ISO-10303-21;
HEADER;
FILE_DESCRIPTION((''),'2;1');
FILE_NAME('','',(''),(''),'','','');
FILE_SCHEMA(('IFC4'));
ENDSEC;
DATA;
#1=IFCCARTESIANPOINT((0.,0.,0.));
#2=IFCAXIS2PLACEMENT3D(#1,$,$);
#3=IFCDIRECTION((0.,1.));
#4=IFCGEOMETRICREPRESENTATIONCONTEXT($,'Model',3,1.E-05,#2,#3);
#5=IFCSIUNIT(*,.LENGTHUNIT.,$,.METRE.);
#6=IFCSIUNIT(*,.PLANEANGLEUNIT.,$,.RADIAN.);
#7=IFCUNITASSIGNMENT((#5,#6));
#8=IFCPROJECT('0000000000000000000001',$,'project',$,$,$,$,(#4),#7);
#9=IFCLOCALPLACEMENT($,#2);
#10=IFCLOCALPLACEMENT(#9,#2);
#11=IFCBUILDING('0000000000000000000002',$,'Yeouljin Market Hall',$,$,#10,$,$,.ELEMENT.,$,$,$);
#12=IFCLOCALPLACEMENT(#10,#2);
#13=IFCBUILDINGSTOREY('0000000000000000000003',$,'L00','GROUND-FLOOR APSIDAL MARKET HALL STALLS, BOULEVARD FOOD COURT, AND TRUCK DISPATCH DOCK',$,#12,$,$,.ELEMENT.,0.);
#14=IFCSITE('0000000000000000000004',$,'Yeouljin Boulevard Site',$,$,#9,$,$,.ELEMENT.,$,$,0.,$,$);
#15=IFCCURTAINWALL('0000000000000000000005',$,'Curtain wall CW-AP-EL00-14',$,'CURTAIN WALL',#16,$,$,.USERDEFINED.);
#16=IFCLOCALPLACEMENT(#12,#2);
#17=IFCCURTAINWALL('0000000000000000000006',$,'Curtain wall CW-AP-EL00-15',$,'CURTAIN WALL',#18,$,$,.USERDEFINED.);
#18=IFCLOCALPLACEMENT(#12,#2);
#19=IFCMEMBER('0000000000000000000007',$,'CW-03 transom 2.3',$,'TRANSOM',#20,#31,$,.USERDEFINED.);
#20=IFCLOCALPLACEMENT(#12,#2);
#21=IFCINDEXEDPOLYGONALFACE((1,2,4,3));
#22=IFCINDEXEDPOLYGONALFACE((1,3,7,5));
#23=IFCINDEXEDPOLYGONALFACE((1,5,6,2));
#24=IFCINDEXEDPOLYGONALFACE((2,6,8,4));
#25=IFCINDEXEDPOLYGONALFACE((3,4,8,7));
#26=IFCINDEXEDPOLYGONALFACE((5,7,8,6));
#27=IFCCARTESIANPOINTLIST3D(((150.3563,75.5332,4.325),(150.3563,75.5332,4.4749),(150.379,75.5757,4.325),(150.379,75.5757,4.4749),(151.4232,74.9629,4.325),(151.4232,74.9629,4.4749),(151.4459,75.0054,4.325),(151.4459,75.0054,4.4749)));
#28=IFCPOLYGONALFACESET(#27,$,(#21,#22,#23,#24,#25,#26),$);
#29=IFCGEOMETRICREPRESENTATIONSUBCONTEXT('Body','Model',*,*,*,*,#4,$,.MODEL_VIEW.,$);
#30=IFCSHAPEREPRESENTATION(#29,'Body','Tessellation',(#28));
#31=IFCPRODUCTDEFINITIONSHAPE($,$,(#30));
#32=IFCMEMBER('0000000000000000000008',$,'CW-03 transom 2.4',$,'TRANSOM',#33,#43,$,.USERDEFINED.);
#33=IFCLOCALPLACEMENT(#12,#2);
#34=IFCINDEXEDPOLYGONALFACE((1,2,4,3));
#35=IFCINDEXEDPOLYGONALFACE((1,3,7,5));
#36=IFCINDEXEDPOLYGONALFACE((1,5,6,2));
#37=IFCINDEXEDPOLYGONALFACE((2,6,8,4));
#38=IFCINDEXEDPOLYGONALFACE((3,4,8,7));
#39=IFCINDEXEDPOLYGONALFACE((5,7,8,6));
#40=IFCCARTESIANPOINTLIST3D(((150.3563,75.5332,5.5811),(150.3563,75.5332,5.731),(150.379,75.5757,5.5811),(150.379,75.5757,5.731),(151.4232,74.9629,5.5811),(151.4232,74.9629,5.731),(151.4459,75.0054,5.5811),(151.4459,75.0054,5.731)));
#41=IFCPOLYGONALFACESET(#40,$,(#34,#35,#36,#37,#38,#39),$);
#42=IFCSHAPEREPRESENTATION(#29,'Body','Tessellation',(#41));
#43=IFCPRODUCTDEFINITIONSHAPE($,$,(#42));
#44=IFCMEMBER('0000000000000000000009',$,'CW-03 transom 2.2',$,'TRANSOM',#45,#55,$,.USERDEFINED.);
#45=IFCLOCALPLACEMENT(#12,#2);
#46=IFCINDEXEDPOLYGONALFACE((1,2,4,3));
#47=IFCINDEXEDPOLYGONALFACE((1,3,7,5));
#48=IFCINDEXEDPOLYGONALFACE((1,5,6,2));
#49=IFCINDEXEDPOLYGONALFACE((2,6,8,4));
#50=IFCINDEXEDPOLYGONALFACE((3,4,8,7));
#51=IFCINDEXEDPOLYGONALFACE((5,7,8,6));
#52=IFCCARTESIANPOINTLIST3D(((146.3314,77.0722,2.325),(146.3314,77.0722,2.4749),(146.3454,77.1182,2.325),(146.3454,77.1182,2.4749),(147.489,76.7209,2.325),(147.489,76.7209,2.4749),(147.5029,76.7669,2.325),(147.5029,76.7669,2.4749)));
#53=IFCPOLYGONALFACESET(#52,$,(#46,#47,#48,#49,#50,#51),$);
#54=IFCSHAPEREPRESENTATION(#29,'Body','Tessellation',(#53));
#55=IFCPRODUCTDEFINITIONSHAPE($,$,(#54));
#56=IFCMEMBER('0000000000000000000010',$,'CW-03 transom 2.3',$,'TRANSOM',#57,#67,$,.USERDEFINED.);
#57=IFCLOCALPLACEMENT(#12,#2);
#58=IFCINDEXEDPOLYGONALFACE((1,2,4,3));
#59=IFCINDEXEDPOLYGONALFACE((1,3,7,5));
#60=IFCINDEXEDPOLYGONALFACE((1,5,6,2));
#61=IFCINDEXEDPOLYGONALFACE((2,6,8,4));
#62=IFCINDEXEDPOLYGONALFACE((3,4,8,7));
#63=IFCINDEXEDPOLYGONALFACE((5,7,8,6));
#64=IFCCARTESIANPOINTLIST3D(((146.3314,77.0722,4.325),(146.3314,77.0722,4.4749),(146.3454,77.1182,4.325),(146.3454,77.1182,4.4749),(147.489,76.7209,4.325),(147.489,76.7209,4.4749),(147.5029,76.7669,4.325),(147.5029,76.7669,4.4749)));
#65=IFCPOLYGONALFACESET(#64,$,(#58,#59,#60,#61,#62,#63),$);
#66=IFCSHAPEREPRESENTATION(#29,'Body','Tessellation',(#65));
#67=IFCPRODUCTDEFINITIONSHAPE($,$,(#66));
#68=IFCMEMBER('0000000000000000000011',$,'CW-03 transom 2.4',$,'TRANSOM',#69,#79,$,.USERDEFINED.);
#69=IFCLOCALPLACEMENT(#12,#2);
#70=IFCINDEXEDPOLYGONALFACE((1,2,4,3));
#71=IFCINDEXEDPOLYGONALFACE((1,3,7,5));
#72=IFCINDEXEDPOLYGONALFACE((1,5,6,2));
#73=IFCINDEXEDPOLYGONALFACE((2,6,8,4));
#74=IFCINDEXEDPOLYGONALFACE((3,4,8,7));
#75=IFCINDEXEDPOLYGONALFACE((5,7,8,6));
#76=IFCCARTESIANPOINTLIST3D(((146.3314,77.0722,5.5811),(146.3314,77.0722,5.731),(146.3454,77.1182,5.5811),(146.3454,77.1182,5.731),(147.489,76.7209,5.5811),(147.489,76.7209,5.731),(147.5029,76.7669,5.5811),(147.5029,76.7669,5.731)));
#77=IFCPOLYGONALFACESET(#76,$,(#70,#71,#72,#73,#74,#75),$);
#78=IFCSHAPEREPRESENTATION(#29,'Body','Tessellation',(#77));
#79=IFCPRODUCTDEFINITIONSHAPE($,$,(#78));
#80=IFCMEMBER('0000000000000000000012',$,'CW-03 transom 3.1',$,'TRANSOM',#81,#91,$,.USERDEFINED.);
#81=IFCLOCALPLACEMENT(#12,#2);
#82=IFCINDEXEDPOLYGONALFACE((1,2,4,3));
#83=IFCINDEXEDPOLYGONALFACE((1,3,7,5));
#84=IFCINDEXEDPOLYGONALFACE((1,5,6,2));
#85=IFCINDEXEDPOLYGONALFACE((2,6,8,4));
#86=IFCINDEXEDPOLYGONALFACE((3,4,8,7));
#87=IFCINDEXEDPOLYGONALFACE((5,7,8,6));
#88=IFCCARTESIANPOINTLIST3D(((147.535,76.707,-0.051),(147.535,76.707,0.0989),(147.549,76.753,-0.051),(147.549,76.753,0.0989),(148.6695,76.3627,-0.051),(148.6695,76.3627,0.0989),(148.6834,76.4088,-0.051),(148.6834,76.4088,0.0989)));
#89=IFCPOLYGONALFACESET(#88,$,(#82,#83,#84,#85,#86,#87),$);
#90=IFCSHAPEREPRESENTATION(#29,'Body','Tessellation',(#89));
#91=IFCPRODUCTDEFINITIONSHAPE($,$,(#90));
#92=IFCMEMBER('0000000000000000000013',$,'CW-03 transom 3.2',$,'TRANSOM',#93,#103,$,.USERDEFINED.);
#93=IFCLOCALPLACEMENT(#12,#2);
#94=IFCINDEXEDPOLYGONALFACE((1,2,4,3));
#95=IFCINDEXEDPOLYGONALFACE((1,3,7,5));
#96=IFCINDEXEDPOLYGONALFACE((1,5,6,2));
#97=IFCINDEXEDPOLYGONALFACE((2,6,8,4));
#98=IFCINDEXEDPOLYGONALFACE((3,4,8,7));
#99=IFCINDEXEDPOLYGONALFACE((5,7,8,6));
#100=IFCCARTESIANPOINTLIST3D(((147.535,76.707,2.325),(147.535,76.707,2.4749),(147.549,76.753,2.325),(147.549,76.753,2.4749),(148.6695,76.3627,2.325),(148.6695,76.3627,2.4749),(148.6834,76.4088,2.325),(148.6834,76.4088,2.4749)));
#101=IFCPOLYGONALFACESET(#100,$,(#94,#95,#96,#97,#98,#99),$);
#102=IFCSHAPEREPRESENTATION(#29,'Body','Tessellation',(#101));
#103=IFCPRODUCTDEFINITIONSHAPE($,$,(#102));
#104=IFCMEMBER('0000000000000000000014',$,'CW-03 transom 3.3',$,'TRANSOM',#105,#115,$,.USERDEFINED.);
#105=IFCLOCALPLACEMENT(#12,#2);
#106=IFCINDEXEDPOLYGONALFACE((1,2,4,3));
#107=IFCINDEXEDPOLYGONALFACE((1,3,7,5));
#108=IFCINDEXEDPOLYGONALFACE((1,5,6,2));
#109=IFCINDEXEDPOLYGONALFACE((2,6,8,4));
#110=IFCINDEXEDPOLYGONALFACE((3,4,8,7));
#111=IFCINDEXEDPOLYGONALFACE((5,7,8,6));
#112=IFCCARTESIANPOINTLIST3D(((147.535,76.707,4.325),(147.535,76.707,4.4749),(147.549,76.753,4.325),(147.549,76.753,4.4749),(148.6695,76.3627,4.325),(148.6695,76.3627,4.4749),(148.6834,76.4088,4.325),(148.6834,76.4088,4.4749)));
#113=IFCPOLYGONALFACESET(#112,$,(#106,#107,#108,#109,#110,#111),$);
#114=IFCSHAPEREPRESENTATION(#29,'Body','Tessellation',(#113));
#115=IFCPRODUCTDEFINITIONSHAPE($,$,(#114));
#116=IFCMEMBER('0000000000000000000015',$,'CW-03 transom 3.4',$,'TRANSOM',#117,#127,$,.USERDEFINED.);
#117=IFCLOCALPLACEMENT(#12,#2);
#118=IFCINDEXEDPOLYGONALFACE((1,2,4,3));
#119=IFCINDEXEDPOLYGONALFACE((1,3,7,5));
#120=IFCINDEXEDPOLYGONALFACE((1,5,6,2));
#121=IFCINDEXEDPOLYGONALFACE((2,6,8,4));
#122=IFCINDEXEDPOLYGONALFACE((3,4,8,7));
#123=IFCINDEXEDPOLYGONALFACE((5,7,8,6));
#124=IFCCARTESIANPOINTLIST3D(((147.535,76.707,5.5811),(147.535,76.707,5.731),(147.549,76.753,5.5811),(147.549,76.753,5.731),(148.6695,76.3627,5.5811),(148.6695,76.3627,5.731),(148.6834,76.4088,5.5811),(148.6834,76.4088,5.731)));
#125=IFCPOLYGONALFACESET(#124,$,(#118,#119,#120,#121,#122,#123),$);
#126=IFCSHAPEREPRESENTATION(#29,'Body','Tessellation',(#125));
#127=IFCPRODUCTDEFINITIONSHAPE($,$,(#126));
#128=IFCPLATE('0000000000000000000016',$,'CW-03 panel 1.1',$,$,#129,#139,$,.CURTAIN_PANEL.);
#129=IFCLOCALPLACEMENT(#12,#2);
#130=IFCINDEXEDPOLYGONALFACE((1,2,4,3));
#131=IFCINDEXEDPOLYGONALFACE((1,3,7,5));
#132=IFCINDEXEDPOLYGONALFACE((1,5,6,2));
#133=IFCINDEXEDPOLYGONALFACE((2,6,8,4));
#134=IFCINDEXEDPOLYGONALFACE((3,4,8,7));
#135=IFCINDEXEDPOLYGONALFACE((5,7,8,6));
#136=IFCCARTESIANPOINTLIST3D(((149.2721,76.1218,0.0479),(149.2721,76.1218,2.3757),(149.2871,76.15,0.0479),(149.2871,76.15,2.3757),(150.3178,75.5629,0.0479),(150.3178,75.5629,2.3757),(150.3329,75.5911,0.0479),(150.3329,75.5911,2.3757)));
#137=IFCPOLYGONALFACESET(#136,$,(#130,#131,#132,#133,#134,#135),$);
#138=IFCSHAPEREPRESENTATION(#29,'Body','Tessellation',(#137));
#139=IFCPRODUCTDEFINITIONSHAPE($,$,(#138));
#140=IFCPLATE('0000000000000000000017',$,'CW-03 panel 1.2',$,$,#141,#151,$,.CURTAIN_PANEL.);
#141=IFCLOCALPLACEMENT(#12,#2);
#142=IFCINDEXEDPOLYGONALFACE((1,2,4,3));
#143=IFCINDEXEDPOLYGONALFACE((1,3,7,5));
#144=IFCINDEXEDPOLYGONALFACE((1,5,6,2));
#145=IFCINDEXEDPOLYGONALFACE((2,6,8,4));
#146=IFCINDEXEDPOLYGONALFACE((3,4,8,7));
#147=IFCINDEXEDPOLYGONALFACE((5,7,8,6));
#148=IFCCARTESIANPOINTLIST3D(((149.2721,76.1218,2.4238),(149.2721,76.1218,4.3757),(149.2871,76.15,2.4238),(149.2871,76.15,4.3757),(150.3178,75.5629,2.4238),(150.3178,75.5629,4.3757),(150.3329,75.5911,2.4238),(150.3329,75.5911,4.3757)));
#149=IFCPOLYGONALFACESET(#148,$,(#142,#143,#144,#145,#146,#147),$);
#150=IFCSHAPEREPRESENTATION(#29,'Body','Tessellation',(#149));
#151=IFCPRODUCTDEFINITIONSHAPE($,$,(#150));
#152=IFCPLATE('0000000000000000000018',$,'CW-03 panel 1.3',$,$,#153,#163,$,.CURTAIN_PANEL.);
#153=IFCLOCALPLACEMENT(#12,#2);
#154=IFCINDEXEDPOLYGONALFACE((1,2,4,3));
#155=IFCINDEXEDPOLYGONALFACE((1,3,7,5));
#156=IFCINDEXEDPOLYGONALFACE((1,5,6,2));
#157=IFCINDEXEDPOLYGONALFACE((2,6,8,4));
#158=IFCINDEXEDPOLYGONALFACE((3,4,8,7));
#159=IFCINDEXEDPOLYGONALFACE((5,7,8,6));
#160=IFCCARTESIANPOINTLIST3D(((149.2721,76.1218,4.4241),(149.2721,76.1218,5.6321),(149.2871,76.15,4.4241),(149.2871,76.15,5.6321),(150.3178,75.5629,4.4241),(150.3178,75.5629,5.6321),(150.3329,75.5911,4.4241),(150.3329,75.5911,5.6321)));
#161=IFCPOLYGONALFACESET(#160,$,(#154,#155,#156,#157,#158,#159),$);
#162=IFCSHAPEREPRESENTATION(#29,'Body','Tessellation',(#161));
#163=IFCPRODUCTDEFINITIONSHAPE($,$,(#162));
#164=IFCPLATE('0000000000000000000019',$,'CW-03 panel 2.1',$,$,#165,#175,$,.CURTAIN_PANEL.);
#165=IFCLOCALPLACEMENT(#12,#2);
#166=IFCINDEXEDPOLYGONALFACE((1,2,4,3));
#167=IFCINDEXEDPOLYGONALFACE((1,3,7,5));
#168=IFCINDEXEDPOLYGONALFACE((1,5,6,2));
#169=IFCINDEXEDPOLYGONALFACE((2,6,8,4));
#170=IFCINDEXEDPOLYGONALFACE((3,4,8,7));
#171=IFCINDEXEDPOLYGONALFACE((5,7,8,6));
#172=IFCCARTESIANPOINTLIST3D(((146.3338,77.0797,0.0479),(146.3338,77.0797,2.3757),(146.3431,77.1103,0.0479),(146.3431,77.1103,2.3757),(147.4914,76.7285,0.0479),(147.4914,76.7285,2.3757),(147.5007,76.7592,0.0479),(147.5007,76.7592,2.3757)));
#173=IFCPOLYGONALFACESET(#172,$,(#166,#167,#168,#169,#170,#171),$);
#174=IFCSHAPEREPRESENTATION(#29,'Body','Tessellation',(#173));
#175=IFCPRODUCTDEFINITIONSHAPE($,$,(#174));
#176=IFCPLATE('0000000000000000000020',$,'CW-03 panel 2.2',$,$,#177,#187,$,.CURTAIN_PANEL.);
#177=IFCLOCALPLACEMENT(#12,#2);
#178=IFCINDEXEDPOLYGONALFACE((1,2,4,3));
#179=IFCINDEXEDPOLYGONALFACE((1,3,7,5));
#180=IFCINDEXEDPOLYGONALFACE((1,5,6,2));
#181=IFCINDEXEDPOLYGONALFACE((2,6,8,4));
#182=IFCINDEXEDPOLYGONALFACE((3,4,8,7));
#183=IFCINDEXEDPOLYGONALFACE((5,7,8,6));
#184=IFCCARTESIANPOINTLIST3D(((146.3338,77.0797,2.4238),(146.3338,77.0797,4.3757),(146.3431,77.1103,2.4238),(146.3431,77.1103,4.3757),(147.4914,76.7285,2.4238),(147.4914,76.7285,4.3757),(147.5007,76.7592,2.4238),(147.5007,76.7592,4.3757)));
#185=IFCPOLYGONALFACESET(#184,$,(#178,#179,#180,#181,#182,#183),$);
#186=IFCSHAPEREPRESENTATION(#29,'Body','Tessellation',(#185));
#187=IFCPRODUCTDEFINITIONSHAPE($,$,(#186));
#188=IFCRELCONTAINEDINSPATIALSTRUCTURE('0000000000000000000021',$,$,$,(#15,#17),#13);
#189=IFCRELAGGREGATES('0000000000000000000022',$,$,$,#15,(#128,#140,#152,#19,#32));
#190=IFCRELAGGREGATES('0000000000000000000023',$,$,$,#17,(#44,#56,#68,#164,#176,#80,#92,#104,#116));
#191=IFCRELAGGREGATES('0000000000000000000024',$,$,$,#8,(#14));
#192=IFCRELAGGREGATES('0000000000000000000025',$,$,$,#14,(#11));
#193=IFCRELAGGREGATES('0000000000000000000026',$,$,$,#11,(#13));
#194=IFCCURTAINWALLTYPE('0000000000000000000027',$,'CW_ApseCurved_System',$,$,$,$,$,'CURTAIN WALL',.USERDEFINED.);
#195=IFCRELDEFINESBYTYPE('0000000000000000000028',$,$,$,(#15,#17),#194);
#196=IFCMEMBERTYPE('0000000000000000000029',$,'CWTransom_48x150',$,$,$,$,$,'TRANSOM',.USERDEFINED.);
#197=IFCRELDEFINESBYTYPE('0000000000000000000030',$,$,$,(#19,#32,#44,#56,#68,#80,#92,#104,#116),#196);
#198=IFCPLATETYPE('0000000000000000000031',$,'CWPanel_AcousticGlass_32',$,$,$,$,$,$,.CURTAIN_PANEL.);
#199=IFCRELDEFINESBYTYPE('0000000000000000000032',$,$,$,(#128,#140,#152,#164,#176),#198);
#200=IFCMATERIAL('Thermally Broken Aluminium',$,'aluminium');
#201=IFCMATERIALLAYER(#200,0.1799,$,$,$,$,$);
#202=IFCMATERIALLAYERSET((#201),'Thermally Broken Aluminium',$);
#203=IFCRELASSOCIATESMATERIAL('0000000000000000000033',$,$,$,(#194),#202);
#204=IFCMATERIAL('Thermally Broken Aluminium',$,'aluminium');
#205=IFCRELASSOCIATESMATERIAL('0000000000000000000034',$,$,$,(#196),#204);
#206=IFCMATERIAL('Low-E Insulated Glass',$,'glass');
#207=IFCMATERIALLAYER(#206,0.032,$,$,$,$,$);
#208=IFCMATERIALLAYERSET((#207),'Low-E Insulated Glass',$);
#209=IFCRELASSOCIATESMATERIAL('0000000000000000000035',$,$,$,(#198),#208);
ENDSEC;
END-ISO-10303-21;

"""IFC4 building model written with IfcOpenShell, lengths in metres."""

from ifc_helpers import new_model, si_unit, direction, frame, origin, origin_2d, place, context, subcontext, project, spatial, rectangle, extrude, material, layer, layer_set, material_profile, profile_set, type_object, element, aggregate, save


model = new_model("IFC4")

# Units and contexts
model_context = context("Model", 3, precision=1e-05, world=origin(), true_north=direction((0.0, 1.0)))
body_context = subcontext(model_context, "Body", "Model", "MODEL_VIEW")
ifc_project = project(units=[si_unit("LENGTHUNIT", "METRE"), si_unit("PLANEANGLEUNIT", "RADIAN")], contexts=[model_context])

# Site, building, storey
site_placement = place(None, origin())
site = spatial("IfcSite", under=ifc_project, at=site_placement, Name="Yeouljin Boulevard Site", CompositionType="ELEMENT", RefElevation=0.0)
building_placement = place(site_placement, origin())
building = spatial("IfcBuilding", under=site, at=building_placement, Name="Yeouljin Market Hall", CompositionType="ELEMENT")
storey_placement = place(building_placement, origin())
storey = spatial("IfcBuildingStorey", under=building, at=storey_placement, Name="L00", Description="GROUND-FLOOR APSIDAL MARKET HALL STALLS, BOULEVARD FOOD COURT, AND TRUCK DISPATCH DOCK", CompositionType="ELEMENT", Elevation=0.0)

# Curtain walls
ifc_material_1 = material(Name="Thermally Broken Aluminium", Category="aluminium")
ifc_layer_1 = layer(ifc_material_1, 0.1799)
ifc_layer_set_1 = layer_set([ifc_layer_1], Name="Thermally Broken Aluminium")
curtain_wall_type = type_object("IfcCurtainWallType", Name="CW_ApseCurved_System", ElementType="CURTAIN WALL", PredefinedType="USERDEFINED", material=ifc_layer_set_1)
curtain_wall_1_placement = place(storey_placement, origin())
curtain_wall_1 = element("IfcCurtainWall", 1, at=curtain_wall_1_placement, inside=storey, type_object=curtain_wall_type, Name="Curtain wall CW-AP-EL00-14", ObjectType="CURTAIN WALL", PredefinedType="USERDEFINED")
curtain_wall_2_placement = place(storey_placement, origin())
curtain_wall_2 = element("IfcCurtainWall", 2, at=curtain_wall_2_placement, inside=storey, type_object=curtain_wall_type, Name="Curtain wall CW-AP-EL00-15", ObjectType="CURTAIN WALL", PredefinedType="USERDEFINED")

# Members
ifc_material_2 = material(Name="Thermally Broken Aluminium", Category="aluminium")
ifc_material_profile_1 = material_profile(ifc_material_2, rectangle(XDim=0.0481, YDim=0.1499, at=origin_2d()), Name="CW-TRAN-48x150")
ifc_profile_set_1 = profile_set([ifc_material_profile_1], Name="Thermally Broken Aluminium")
member_type_1 = type_object("IfcMemberType", Name="CWTransom_48x150", ElementType="TRANSOM", PredefinedType="USERDEFINED", material=ifc_profile_set_1)
member_1_placement = place(storey_placement, frame((150.3677, 75.5544, 4.3999), z_axis=(0.881906, -0.471426, 0.0), x_axis=(0.471426, 0.881906, 0.0)))
member_1 = element("IfcMember", 3, at=member_1_placement, type_object=member_type_1, Name="CW-03 transom 2.3", ObjectType="TRANSOM", PredefinedType="USERDEFINED", context=body_context, shape_type="SweptSolid", body=[
    extrude(rectangle(XDim=0.0481, YDim=0.1499, at=origin_2d()), origin(), (0.0, 0.0, 1.0), 1.2097),
])
member_2_placement = place(storey_placement, frame((150.3677, 75.5544, 5.656), z_axis=(0.881906, -0.471426, 0.0), x_axis=(0.471426, 0.881906, 0.0)))
member_2 = element("IfcMember", 4, at=member_2_placement, type_object=member_type_1, Name="CW-03 transom 2.4", ObjectType="TRANSOM", PredefinedType="USERDEFINED", context=body_context, shape_type="SweptSolid", body=[
    extrude(rectangle(XDim=0.0481, YDim=0.1499, at=origin_2d()), origin(), (0.0, 0.0, 1.0), 1.2097),
])
member_3_placement = place(storey_placement, frame((146.3384, 77.0952, 2.3999), z_axis=(0.956894, -0.290439, 0.0), x_axis=(0.290439, 0.956894, 0.0)))
member_3 = element("IfcMember", 5, at=member_3_placement, type_object=member_type_1, Name="CW-03 transom 2.2", ObjectType="TRANSOM", PredefinedType="USERDEFINED", context=body_context, shape_type="SweptSolid", body=[
    extrude(rectangle(XDim=0.0481, YDim=0.1499, at=origin_2d()), origin(), (0.0, 0.0, 1.0), 1.2097),
])
member_4_placement = place(storey_placement, frame((146.3384, 77.0952, 4.3999), z_axis=(0.956894, -0.290439, 0.0), x_axis=(0.290439, 0.956894, 0.0)))
member_4 = element("IfcMember", 6, at=member_4_placement, type_object=member_type_1, Name="CW-03 transom 2.3", ObjectType="TRANSOM", PredefinedType="USERDEFINED", context=body_context, shape_type="SweptSolid", body=[
    extrude(rectangle(XDim=0.0481, YDim=0.1499, at=origin_2d()), origin(), (0.0, 0.0, 1.0), 1.2097),
])
member_5_placement = place(storey_placement, frame((146.3384, 77.0952, 5.656), z_axis=(0.956894, -0.290439, 0.0), x_axis=(0.290439, 0.956894, 0.0)))
member_5 = element("IfcMember", 7, at=member_5_placement, type_object=member_type_1, Name="CW-03 transom 2.4", ObjectType="TRANSOM", PredefinedType="USERDEFINED", context=body_context, shape_type="SweptSolid", body=[
    extrude(rectangle(XDim=0.0481, YDim=0.1499, at=origin_2d()), origin(), (0.0, 0.0, 1.0), 1.2097),
])
member_6_placement = place(storey_placement, frame((147.542, 76.73, 0.0239), z_axis=(0.95692, -0.29035, 0.0), x_axis=(0.29035, 0.95692, 0.0)))
member_6 = element("IfcMember", 8, at=member_6_placement, type_object=member_type_1, Name="CW-03 transom 3.1", ObjectType="TRANSOM", PredefinedType="USERDEFINED", context=body_context, shape_type="SweptSolid", body=[
    extrude(rectangle(XDim=0.0481, YDim=0.1499, at=origin_2d()), origin(), (0.0, 0.0, 1.0), 1.1855),
])
member_7_placement = place(storey_placement, frame((147.542, 76.73, 2.3999), z_axis=(0.95692, -0.29035, 0.0), x_axis=(0.29035, 0.95692, 0.0)))
member_7 = element("IfcMember", 9, at=member_7_placement, type_object=member_type_1, Name="CW-03 transom 3.2", ObjectType="TRANSOM", PredefinedType="USERDEFINED", context=body_context, shape_type="SweptSolid", body=[
    extrude(rectangle(XDim=0.0481, YDim=0.1499, at=origin_2d()), origin(), (0.0, 0.0, 1.0), 1.1855),
])
member_8_placement = place(storey_placement, frame((147.542, 76.73, 4.3999), z_axis=(0.95692, -0.29035, 0.0), x_axis=(0.29035, 0.95692, 0.0)))
member_8 = element("IfcMember", 10, at=member_8_placement, type_object=member_type_1, Name="CW-03 transom 3.3", ObjectType="TRANSOM", PredefinedType="USERDEFINED", context=body_context, shape_type="SweptSolid", body=[
    extrude(rectangle(XDim=0.0481, YDim=0.1499, at=origin_2d()), origin(), (0.0, 0.0, 1.0), 1.1855),
])
member_9_placement = place(storey_placement, frame((147.542, 76.73, 5.656), z_axis=(0.95692, -0.29035, 0.0), x_axis=(0.29035, 0.95692, 0.0)))
member_9 = element("IfcMember", 11, at=member_9_placement, type_object=member_type_1, Name="CW-03 transom 3.4", ObjectType="TRANSOM", PredefinedType="USERDEFINED", context=body_context, shape_type="SweptSolid", body=[
    extrude(rectangle(XDim=0.0481, YDim=0.1499, at=origin_2d()), origin(), (0.0, 0.0, 1.0), 1.1855),
])

# Plates
ifc_material_3 = material(Name="Low-E Insulated Glass", Category="glass")
ifc_layer_2 = layer(ifc_material_3, 0.032)
ifc_layer_set_2 = layer_set([ifc_layer_2], Name="Low-E Insulated Glass")
plate_type = type_object("IfcPlateType", Name="CWPanel_AcousticGlass_32", PredefinedType="CURTAIN_PANEL", material=ifc_layer_set_2)
plate_1_placement = place(storey_placement, frame((149.8025, 75.8564, 0.0479), z_axis=(0.0, 0.0, 1.0), x_axis=(0.881931, -0.471378, 0.0)))
plate_1 = element("IfcPlate", 12, at=plate_1_placement, type_object=plate_type, Name="CW-03 panel 1.1", PredefinedType="CURTAIN_PANEL", context=body_context, shape_type="SweptSolid", body=[
    extrude(rectangle(XDim=1.1858, YDim=0.032, at=origin_2d()), origin(), (0.0, 0.0, 1.0), 2.3279),
])
plate_2_placement = place(storey_placement, frame((149.8025, 75.8564, 2.4238), z_axis=(0.0, 0.0, 1.0), x_axis=(0.881931, -0.471378, 0.0)))
plate_2 = element("IfcPlate", 13, at=plate_2_placement, type_object=plate_type, Name="CW-03 panel 1.2", PredefinedType="CURTAIN_PANEL", context=body_context, shape_type="SweptSolid", body=[
    extrude(rectangle(XDim=1.1858, YDim=0.032, at=origin_2d()), origin(), (0.0, 0.0, 1.0), 1.9519),
])
plate_3_placement = place(storey_placement, frame((149.8025, 75.8564, 4.4241), z_axis=(0.0, 0.0, 1.0), x_axis=(0.881931, -0.471378, 0.0)))
plate_3 = element("IfcPlate", 14, at=plate_3_placement, type_object=plate_type, Name="CW-03 panel 1.3", PredefinedType="CURTAIN_PANEL", context=body_context, shape_type="SweptSolid", body=[
    extrude(rectangle(XDim=1.1858, YDim=0.032, at=origin_2d()), origin(), (0.0, 0.0, 1.0), 1.208),
])
aggregate(curtain_wall_1, [plate_1, plate_2, plate_3, member_1, member_2])
plate_4_placement = place(storey_placement, frame((146.9172, 76.9194, 0.0479), z_axis=(0.0, 0.0, 1.0), x_axis=(0.95694, -0.290286, 0.0)))
plate_4 = element("IfcPlate", 15, at=plate_4_placement, type_object=plate_type, Name="CW-03 panel 2.1", PredefinedType="CURTAIN_PANEL", context=body_context, shape_type="SweptSolid", body=[
    extrude(rectangle(XDim=1.2097, YDim=0.032, at=origin_2d()), origin(), (0.0, 0.0, 1.0), 2.3279),
])
plate_5_placement = place(storey_placement, frame((146.9172, 76.9194, 2.4238), z_axis=(0.0, 0.0, 1.0), x_axis=(0.95694, -0.290286, 0.0)))
plate_5 = element("IfcPlate", 16, at=plate_5_placement, type_object=plate_type, Name="CW-03 panel 2.2", PredefinedType="CURTAIN_PANEL", context=body_context, shape_type="SweptSolid", body=[
    extrude(rectangle(XDim=1.2097, YDim=0.032, at=origin_2d()), origin(), (0.0, 0.0, 1.0), 1.9519),
])
aggregate(curtain_wall_2, [member_3, member_4, member_5, plate_4, plate_5, member_6, member_7, member_8, member_9])

save(model, "model.ifc")
